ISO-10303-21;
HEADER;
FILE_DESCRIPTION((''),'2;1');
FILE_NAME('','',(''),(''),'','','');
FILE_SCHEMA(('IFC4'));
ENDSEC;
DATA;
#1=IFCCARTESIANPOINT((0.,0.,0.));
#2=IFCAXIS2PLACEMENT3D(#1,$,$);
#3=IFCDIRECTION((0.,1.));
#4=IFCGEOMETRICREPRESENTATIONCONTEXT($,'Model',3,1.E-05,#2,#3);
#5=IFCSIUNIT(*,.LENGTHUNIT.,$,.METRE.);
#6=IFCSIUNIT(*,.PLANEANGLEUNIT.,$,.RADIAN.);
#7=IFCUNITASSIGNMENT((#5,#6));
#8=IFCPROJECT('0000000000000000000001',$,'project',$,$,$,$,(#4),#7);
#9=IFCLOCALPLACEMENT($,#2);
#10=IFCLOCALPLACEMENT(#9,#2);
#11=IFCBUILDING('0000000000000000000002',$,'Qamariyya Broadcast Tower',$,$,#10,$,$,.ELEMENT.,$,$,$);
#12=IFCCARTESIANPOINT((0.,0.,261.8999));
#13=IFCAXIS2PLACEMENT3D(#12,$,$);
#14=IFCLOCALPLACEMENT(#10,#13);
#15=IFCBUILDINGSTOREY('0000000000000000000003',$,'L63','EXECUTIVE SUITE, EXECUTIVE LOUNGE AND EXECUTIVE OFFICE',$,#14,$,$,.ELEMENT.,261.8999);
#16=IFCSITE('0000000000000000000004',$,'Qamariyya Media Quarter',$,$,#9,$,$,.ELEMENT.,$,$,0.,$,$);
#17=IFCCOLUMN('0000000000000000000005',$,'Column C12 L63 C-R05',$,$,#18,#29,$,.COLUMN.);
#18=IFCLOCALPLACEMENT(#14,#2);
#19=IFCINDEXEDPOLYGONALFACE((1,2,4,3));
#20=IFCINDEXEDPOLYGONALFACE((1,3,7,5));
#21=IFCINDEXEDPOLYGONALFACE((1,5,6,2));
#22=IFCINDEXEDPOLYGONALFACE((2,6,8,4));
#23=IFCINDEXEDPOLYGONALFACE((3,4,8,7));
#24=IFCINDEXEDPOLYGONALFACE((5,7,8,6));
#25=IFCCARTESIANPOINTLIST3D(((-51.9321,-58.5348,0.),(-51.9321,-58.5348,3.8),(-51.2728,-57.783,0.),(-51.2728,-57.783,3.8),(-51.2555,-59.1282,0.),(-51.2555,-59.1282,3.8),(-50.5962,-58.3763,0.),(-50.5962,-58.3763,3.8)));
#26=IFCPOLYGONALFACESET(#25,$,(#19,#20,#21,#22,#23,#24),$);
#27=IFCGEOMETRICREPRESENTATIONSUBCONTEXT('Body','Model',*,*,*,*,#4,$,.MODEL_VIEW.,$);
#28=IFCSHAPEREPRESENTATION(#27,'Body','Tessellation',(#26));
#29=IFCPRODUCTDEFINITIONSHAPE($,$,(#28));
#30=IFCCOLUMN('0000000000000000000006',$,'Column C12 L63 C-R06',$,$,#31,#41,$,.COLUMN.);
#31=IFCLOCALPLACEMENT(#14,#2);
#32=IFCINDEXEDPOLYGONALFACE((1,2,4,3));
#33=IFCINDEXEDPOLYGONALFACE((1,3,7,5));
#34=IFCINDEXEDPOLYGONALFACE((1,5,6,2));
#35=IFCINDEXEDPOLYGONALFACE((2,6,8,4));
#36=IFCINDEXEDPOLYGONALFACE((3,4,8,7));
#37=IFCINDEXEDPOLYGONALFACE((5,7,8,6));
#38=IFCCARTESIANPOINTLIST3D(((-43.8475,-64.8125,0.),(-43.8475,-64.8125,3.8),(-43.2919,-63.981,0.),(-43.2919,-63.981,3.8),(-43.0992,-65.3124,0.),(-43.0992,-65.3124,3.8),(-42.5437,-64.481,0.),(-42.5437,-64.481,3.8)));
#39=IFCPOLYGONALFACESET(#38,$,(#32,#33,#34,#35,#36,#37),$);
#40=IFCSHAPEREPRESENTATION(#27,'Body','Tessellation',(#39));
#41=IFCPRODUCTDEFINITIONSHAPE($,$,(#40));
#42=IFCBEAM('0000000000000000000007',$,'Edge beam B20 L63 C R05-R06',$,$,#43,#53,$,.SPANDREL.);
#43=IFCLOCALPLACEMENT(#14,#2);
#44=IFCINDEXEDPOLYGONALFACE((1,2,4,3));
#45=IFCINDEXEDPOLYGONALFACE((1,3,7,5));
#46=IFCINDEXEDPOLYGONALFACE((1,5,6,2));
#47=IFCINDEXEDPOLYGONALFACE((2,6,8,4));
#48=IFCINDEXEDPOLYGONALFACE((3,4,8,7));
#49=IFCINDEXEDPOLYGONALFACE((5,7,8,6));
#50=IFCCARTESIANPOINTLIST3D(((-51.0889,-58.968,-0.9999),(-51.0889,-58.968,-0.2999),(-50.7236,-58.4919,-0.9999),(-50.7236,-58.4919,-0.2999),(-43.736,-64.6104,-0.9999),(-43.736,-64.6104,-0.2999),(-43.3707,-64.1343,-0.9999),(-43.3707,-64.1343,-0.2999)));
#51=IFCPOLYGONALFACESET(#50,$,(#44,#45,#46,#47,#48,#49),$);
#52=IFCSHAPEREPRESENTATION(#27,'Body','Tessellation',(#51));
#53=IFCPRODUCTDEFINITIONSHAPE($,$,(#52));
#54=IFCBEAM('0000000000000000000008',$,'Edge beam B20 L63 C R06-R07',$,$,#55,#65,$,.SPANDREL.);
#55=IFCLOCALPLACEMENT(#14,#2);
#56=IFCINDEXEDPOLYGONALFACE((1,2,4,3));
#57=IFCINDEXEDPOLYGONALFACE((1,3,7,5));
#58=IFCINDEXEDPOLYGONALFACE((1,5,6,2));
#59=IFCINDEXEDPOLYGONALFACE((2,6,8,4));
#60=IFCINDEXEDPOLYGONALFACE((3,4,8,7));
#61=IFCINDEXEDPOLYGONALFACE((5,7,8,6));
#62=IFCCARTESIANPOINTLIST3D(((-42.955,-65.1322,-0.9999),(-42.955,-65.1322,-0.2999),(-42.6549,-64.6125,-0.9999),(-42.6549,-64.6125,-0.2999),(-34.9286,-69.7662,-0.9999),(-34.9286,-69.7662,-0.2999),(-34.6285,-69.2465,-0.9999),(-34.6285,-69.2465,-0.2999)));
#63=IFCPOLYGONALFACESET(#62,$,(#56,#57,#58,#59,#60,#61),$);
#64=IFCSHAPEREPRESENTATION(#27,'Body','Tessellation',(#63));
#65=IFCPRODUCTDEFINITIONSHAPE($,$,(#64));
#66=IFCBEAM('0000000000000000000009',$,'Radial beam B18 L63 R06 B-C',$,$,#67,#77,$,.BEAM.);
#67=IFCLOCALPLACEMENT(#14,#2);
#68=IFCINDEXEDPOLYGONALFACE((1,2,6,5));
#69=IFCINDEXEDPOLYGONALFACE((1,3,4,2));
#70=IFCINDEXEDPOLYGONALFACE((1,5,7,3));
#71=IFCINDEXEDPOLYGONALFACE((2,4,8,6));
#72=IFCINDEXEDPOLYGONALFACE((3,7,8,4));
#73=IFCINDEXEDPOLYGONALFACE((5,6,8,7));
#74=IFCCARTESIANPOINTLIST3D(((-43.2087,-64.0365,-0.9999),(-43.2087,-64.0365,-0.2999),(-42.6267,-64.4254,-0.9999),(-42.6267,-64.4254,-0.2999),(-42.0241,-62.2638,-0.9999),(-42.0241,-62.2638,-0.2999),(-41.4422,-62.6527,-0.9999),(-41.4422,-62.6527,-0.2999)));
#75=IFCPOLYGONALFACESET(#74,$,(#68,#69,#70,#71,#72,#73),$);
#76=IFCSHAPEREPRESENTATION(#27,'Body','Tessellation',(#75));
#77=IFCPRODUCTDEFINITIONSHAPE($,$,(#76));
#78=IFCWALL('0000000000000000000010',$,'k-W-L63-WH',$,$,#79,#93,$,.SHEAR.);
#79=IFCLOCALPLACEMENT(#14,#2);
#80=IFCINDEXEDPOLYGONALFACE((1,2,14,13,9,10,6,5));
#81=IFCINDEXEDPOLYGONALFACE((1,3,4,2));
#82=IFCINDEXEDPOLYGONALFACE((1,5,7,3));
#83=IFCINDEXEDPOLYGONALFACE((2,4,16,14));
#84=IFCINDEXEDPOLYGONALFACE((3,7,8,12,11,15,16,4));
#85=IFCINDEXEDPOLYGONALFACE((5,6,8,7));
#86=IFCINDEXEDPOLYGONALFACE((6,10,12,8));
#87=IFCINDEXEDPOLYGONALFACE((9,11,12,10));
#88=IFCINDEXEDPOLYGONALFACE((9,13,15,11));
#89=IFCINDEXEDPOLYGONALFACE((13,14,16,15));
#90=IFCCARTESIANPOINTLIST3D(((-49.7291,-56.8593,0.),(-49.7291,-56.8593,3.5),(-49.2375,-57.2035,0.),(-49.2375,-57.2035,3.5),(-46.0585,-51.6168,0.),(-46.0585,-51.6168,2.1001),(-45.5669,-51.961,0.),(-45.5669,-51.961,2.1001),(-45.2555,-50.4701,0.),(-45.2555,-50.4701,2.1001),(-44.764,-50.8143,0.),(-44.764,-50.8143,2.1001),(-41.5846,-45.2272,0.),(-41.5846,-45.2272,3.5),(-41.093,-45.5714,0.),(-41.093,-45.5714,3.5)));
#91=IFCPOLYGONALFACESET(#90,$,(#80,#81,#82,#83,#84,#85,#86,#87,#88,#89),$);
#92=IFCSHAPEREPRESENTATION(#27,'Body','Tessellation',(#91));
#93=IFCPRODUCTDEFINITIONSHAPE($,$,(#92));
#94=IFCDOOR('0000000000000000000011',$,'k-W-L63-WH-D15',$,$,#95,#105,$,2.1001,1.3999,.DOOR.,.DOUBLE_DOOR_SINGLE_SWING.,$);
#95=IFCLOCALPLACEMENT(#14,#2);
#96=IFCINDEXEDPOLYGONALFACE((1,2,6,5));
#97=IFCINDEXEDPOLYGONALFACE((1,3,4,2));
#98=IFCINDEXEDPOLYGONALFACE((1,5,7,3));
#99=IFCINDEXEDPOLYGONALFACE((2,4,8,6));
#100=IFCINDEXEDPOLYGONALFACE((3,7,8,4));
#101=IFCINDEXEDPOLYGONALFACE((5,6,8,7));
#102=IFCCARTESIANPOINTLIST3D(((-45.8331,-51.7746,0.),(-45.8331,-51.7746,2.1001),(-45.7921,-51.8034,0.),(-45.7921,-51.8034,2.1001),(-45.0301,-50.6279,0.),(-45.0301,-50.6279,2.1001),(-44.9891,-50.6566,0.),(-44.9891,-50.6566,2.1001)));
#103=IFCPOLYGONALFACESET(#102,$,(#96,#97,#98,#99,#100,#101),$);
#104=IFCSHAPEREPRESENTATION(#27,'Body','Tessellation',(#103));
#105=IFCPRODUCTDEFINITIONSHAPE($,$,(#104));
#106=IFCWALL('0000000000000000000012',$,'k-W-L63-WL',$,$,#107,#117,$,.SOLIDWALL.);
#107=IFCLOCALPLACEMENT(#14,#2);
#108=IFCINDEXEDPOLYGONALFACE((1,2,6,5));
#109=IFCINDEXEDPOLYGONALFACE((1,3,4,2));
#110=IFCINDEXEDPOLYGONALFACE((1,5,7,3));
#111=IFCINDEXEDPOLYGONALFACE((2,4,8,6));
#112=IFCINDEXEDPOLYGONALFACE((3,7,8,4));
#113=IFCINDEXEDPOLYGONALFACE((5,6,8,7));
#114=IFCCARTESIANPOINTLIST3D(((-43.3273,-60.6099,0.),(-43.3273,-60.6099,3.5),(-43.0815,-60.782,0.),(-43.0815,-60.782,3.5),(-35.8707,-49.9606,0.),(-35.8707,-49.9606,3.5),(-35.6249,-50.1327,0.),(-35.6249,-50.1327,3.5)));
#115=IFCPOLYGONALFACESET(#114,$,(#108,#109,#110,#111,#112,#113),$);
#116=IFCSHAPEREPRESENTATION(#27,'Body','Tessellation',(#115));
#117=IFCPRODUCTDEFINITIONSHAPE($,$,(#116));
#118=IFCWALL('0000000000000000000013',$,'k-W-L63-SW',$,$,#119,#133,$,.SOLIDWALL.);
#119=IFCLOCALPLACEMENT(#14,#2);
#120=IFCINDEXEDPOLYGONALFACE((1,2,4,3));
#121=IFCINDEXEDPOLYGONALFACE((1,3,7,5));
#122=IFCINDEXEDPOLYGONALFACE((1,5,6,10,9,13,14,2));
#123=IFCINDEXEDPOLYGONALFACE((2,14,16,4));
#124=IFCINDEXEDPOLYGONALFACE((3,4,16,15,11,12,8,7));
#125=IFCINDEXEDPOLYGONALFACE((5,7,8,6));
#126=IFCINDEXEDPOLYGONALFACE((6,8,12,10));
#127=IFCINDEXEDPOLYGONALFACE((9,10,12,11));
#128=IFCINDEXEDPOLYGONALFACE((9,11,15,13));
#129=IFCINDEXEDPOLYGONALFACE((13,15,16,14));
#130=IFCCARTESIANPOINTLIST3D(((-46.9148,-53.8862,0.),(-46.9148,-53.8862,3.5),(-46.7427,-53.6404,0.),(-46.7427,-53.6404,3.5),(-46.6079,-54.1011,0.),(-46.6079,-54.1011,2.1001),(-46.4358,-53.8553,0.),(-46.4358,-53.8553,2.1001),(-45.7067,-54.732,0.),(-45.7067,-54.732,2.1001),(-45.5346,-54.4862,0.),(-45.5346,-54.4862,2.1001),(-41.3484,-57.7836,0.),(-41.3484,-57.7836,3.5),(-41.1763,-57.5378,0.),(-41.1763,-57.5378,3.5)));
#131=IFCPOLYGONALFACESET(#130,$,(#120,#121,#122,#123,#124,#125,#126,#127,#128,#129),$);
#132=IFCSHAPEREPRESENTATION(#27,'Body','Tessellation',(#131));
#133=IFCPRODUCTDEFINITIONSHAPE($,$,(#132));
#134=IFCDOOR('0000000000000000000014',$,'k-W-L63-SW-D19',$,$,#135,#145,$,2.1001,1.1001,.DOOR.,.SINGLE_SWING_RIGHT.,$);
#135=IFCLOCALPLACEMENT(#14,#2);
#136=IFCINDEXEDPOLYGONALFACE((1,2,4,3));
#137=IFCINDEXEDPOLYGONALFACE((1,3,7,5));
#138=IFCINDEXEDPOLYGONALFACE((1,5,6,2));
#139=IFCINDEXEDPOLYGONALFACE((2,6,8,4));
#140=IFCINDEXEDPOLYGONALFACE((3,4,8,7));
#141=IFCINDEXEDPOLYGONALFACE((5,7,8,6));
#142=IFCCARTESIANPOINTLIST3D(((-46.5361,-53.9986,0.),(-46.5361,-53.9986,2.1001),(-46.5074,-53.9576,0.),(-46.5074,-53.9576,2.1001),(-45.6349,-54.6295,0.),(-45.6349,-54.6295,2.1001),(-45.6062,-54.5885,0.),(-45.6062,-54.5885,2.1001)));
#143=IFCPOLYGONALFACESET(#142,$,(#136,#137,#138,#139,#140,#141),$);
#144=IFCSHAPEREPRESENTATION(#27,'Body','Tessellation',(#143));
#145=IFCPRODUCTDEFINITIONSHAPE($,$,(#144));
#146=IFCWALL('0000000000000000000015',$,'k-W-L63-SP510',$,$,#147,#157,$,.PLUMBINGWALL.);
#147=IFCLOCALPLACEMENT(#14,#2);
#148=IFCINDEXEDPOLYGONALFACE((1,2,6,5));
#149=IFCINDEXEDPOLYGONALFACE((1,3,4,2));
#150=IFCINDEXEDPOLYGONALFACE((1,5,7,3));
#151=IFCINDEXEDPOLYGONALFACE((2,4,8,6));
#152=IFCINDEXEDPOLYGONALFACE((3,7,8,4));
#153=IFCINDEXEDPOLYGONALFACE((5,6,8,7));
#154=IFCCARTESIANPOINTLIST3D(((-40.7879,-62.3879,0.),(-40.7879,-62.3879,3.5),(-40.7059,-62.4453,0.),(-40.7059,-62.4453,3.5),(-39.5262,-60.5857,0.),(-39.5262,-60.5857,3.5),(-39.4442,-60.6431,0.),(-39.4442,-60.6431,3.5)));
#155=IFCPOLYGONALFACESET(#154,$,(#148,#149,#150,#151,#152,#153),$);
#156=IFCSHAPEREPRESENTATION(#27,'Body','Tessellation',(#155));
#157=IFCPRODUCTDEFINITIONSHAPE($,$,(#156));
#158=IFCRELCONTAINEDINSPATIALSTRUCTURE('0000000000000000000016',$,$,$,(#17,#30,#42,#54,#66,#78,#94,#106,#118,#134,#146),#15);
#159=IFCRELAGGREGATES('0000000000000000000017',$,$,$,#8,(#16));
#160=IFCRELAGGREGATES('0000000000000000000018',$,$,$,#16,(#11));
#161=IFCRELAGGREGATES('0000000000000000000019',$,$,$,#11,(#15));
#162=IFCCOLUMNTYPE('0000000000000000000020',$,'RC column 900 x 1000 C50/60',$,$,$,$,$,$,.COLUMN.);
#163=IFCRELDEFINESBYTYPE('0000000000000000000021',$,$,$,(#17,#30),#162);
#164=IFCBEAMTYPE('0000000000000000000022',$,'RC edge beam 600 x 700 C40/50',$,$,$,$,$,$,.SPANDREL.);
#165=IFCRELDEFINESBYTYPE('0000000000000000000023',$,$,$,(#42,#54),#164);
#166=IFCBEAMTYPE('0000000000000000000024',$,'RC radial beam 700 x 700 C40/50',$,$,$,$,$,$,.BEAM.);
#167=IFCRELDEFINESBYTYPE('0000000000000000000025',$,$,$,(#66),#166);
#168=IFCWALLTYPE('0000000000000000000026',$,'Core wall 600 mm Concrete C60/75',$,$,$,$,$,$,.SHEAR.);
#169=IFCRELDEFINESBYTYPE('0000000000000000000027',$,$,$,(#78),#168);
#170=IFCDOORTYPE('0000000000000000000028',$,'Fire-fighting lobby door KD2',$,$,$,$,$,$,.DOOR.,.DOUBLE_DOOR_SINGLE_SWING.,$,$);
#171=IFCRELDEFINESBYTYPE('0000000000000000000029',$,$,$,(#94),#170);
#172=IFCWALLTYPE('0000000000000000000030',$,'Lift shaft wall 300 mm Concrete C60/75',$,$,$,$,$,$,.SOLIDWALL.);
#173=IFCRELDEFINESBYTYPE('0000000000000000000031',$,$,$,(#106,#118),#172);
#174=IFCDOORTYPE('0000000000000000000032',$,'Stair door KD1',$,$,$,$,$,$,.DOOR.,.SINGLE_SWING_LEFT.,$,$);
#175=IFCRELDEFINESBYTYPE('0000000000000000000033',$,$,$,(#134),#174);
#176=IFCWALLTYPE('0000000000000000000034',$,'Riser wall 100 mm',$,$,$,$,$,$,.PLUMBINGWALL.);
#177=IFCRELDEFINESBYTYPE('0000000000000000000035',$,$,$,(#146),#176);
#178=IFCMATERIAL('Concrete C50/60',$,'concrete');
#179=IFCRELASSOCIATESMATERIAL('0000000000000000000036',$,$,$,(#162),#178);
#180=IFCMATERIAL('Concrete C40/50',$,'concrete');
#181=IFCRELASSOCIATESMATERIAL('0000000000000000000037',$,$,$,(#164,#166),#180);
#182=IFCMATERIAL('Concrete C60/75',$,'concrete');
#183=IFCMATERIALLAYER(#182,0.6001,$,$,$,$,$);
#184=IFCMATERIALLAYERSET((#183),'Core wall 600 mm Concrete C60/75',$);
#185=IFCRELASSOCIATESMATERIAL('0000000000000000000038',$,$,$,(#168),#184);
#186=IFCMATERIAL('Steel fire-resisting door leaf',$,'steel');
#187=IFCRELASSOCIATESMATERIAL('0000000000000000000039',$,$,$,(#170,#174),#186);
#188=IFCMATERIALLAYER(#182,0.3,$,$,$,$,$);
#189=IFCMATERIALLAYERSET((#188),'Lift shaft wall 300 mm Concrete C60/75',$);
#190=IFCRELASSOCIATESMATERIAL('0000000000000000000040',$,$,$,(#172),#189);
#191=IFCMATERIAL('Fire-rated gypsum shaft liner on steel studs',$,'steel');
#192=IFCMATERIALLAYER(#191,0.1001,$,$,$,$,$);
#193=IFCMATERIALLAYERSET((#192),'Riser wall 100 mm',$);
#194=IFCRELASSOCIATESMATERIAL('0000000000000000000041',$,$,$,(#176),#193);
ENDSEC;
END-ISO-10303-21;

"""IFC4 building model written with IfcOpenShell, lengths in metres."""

from ifc_helpers import new_model, si_unit, direction, frame, frame_2d, origin, origin_2d, place, context, subcontext, project, spatial, rectangle, extrude, material, layer, layer_set, material_profile, profile_set, type_object, element, fill, save


model = new_model("IFC4")

# Units and contexts
model_context = context("Model", 3, precision=1e-05, world=origin(), true_north=direction((0.0, 1.0)))
body_context = subcontext(model_context, "Body", "Model", "MODEL_VIEW")
ifc_project = project(units=[si_unit("LENGTHUNIT", "METRE"), si_unit("PLANEANGLEUNIT", "RADIAN")], contexts=[model_context])

# Site, building, storey
site_placement = place(None, origin())
site = spatial("IfcSite", under=ifc_project, at=site_placement, Name="Qamariyya Media Quarter", CompositionType="ELEMENT", RefElevation=0.0)
building_placement = place(site_placement, origin())
building = spatial("IfcBuilding", under=site, at=building_placement, Name="Qamariyya Broadcast Tower", CompositionType="ELEMENT")
storey_placement = place(building_placement, frame((0.0, 0.0, 261.8999)))
storey = spatial("IfcBuildingStorey", under=building, at=storey_placement, Name="L63", Description="EXECUTIVE SUITE, EXECUTIVE LOUNGE AND EXECUTIVE OFFICE", CompositionType="ELEMENT", Elevation=261.8999)

# Columns
ifc_material_1 = material(Name="Concrete C50/60", Category="concrete")
ifc_material_profile_1 = material_profile(ifc_material_1, rectangle(XDim=0.8999, YDim=1.0, at=origin_2d()))
ifc_profile_set_1 = profile_set([ifc_material_profile_1], Name="Concrete C50/60")
column_type = type_object("IfcColumnType", Name="RC column 900 x 1000 C50/60", PredefinedType="COLUMN", material=ifc_profile_set_1)
for number, where, z_axis, x_axis, name in (
    (1, (-51.2642, -58.4556, 0.0), (0.0, 0.0, 1.0), (0.75184, -0.659346, 0.0), "Column C12 L63 C-R05"),
    (2, (-43.1956, -64.6467, 0.0), (0.0, 0.0, 1.0), (0.83147, -0.55557, 0.0), "Column C12 L63 C-R06"),
):
    element("IfcColumn", number, at=place(storey_placement, frame(where, z_axis=z_axis, x_axis=x_axis)), inside=storey, type_object=column_type, Name=name, PredefinedType="COLUMN", context=body_context, shape_type="SweptSolid", body=[
        extrude(rectangle(XDim=0.8999, YDim=1.0, at=origin_2d()), origin(), (0.0, 0.0, 1.0), 3.8),
    ])

# Beams
ifc_material_2 = material(Name="Concrete C40/50", Category="concrete")
ifc_material_profile_2 = material_profile(ifc_material_2, rectangle(XDim=0.6001, YDim=0.7, at=origin_2d()))
ifc_profile_set_2 = profile_set([ifc_material_profile_2], Name="Concrete C40/50")
beam_type_1 = type_object("IfcBeamType", Name="RC edge beam 600 x 700 C40/50", PredefinedType="SPANDREL", material=ifc_profile_set_2)
beam_1_placement = place(storey_placement, frame((-50.9062, -58.73, -0.6499), z_axis=(0.793335, -0.608785, 0.0), x_axis=(0.608785, 0.793335, 0.0)))
element("IfcBeam", 3, at=beam_1_placement, inside=storey, type_object=beam_type_1, Name="Edge beam B20 L63 C R05-R06", PredefinedType="SPANDREL", context=body_context, shape_type="SweptSolid", body=[
    extrude(rectangle(XDim=0.6001, YDim=0.7, at=origin_2d()), origin(), (0.0, 0.0, 1.0), 9.2683),
])
beam_2_placement = place(storey_placement, frame((-42.8049, -64.8723, -0.6499), z_axis=(0.866025, -0.500001, 0.0), x_axis=(0.500001, 0.866025, 0.0)))
element("IfcBeam", 4, at=beam_2_placement, inside=storey, type_object=beam_type_1, Name="Edge beam B20 L63 C R06-R07", PredefinedType="SPANDREL", context=body_context, shape_type="SweptSolid", body=[
    extrude(rectangle(XDim=0.6001, YDim=0.7, at=origin_2d()), origin(), (0.0, 0.0, 1.0), 9.2681),
])
ifc_material_profile_3 = material_profile(ifc_material_2, rectangle(XDim=0.7, YDim=0.7, at=origin_2d()))
ifc_profile_set_3 = profile_set([ifc_material_profile_3], Name="Concrete C40/50")
beam_type_2 = type_object("IfcBeamType", Name="RC radial beam 700 x 700 C40/50", PredefinedType="BEAM", material=ifc_profile_set_3)
beam_3_placement = place(storey_placement, frame((-41.7332, -62.4583, -0.6499), z_axis=(-0.555598, -0.831451, 0.0), x_axis=(0.831451, -0.555598, 0.0)))
element("IfcBeam", 5, at=beam_3_placement, inside=storey, type_object=beam_type_2, Name="Radial beam B18 L63 R06 B-C", PredefinedType="BEAM", context=body_context, shape_type="SweptSolid", body=[
    extrude(rectangle(XDim=0.7, YDim=0.7, at=origin_2d()), origin(), (0.0, 0.0, 1.0), 2.1321),
])

# Wall, opening, door
ifc_material_3 = material(Name="Concrete C60/75", Category="concrete")
ifc_layer_1 = layer(ifc_material_3, 0.6001)
ifc_layer_set_1 = layer_set([ifc_layer_1], Name="Core wall 600 mm Concrete C60/75")
wall_type_1 = type_object("IfcWallType", Name="Core wall 600 mm Concrete C60/75", PredefinedType="SHEAR", material=ifc_layer_set_1)
wall_1_placement = place(storey_placement, frame((-49.4834, -57.0315, 0.0), z_axis=(0.0, 0.0, 1.0), x_axis=(0.57356, 0.819163, 0.0)))
wall_1 = element("IfcWall", 6, at=wall_1_placement, inside=storey, type_object=wall_type_1, Name="k-W-L63-WH", PredefinedType="SHEAR", context=body_context, shape_type="SweptSolid", body=[
    extrude(rectangle(XDim=14.2, YDim=0.6001, at=frame_2d((7.1001, 0.0))), origin(), (0.0, 0.0, 1.0), 3.5),
])
opening_1_placement = place(wall_1_placement, frame((6.3999, 0.0, 0.0)))
opening_1 = element("IfcOpeningElement", 7, at=opening_1_placement, cuts=wall_1, PredefinedType="OPENING", context=body_context, shape_type="SweptSolid", body=[
    extrude(rectangle(XDim=1.3999, YDim=2.1001, at=frame_2d((0.7, 1.05))), frame((0.0, 0.3101, 0.0), z_axis=(0.0, -1.0, 0.0), x_axis=(1.0, 0.0, 0.0)), (0.0, 0.0, 1.0), 0.6201),
])
ifc_material_4 = material(Name="Steel fire-resisting door leaf", Category="steel")
door_type_1 = type_object("IfcDoorType", Name="Fire-fighting lobby door KD2", OperationType="DOUBLE_DOOR_SINGLE_SWING", PredefinedType="DOOR", material=ifc_material_4)
door_1_placement = place(opening_1_placement, origin())
door_1 = element("IfcDoor", 8, at=door_1_placement, inside=storey, type_object=door_type_1, Name="k-W-L63-WH-D15", OperationType="DOUBLE_DOOR_SINGLE_SWING", OverallHeight=2.1001, OverallWidth=1.3999, PredefinedType="DOOR", context=body_context, shape_type="SweptSolid", body=[
    extrude(rectangle(XDim=1.3999, YDim=2.1001, at=frame_2d((0.7, 1.05))), frame((0.0, 0.0249, 0.0), z_axis=(0.0, -1.0, 0.0), x_axis=(1.0, 0.0, 0.0)), (0.0, 0.0, 1.0), 0.05),
])
fill(opening_1, door_1)

# Wall
ifc_layer_2 = layer(ifc_material_3, 0.3)
ifc_layer_set_2 = layer_set([ifc_layer_2], Name="Lift shaft wall 300 mm Concrete C60/75")
wall_type_2 = type_object("IfcWallType", Name="Lift shaft wall 300 mm Concrete C60/75", PredefinedType="SOLIDWALL", material=ifc_layer_set_2)
wall_2_placement = place(storey_placement, frame((-43.2043, -60.6958, 0.0), z_axis=(0.0, 0.0, 1.0), x_axis=(0.573572, 0.819155, 0.0)))
element("IfcWall", 9, at=wall_2_placement, inside=storey, type_object=wall_type_2, Name="k-W-L63-WL", PredefinedType="SOLIDWALL", context=body_context, shape_type="SweptSolid", body=[
    extrude(rectangle(XDim=13.0002, YDim=0.3, at=frame_2d((6.5, 0.0))), origin(), (0.0, 0.0, 1.0), 3.5),
])

# Wall, opening, door
wall_3_placement = place(storey_placement, frame((-41.2625, -57.6606, 0.0), z_axis=(0.0, 0.0, 1.0), x_axis=(-0.819164, 0.573559, 0.0)))
wall_3 = element("IfcWall", 10, at=wall_3_placement, inside=storey, type_object=wall_type_2, Name="k-W-L63-SW", PredefinedType="SOLIDWALL", context=body_context, shape_type="SweptSolid", body=[
    extrude(rectangle(XDim=6.7952, YDim=0.3, at=frame_2d((3.3975, 0.0))), origin(), (0.0, 0.0, 1.0), 3.5),
])
opening_2_placement = place(wall_3_placement, frame((5.3203, 0.0, 0.0)))
opening_2 = element("IfcOpeningElement", 11, at=opening_2_placement, cuts=wall_3, PredefinedType="OPENING", context=body_context, shape_type="SweptSolid", body=[
    extrude(rectangle(XDim=1.1001, YDim=2.1001, at=frame_2d((0.55, 1.05))), frame((0.0, 0.1599, 0.0), z_axis=(0.0, -1.0, 0.0), x_axis=(1.0, 0.0, 0.0)), (0.0, 0.0, 1.0), 0.3201),
])
door_type_2 = type_object("IfcDoorType", Name="Stair door KD1", OperationType="SINGLE_SWING_LEFT", PredefinedType="DOOR", material=ifc_material_4)
door_2_placement = place(opening_2_placement, origin())
door_2 = element("IfcDoor", 12, at=door_2_placement, inside=storey, type_object=door_type_2, Name="k-W-L63-SW-D19", OperationType="SINGLE_SWING_RIGHT", OverallHeight=2.1001, OverallWidth=1.1001, PredefinedType="DOOR", context=body_context, shape_type="SweptSolid", body=[
    extrude(rectangle(XDim=1.1001, YDim=2.1001, at=frame_2d((0.55, 1.05))), frame((0.0, 0.0249, 0.0), z_axis=(0.0, -1.0, 0.0), x_axis=(1.0, 0.0, 0.0)), (0.0, 0.0, 1.0), 0.05),
])
fill(opening_2, door_2)

# Wall
ifc_material_5 = material(Name="Fire-rated gypsum shaft liner on steel studs", Category="steel")
ifc_layer_3 = layer(ifc_material_5, 0.1001)
ifc_layer_set_3 = layer_set([ifc_layer_3], Name="Riser wall 100 mm")
wall_type_3 = type_object("IfcWallType", Name="Riser wall 100 mm", PredefinedType="PLUMBINGWALL", material=ifc_layer_set_3)
wall_4_placement = place(storey_placement, frame((-39.4851, -60.6143, 0.0), z_axis=(0.0, 0.0, 1.0), x_axis=(-0.573507, -0.819201, 0.0)))
element("IfcWall", 13, at=wall_4_placement, inside=storey, type_object=wall_type_3, Name="k-W-L63-SP510", PredefinedType="PLUMBINGWALL", context=body_context, shape_type="SweptSolid", body=[
    extrude(rectangle(XDim=2.2, YDim=0.1001, at=frame_2d((1.1001, 0.0))), origin(), (0.0, 0.0, 1.0), 3.5),
])

save(model, "model.ifc")
